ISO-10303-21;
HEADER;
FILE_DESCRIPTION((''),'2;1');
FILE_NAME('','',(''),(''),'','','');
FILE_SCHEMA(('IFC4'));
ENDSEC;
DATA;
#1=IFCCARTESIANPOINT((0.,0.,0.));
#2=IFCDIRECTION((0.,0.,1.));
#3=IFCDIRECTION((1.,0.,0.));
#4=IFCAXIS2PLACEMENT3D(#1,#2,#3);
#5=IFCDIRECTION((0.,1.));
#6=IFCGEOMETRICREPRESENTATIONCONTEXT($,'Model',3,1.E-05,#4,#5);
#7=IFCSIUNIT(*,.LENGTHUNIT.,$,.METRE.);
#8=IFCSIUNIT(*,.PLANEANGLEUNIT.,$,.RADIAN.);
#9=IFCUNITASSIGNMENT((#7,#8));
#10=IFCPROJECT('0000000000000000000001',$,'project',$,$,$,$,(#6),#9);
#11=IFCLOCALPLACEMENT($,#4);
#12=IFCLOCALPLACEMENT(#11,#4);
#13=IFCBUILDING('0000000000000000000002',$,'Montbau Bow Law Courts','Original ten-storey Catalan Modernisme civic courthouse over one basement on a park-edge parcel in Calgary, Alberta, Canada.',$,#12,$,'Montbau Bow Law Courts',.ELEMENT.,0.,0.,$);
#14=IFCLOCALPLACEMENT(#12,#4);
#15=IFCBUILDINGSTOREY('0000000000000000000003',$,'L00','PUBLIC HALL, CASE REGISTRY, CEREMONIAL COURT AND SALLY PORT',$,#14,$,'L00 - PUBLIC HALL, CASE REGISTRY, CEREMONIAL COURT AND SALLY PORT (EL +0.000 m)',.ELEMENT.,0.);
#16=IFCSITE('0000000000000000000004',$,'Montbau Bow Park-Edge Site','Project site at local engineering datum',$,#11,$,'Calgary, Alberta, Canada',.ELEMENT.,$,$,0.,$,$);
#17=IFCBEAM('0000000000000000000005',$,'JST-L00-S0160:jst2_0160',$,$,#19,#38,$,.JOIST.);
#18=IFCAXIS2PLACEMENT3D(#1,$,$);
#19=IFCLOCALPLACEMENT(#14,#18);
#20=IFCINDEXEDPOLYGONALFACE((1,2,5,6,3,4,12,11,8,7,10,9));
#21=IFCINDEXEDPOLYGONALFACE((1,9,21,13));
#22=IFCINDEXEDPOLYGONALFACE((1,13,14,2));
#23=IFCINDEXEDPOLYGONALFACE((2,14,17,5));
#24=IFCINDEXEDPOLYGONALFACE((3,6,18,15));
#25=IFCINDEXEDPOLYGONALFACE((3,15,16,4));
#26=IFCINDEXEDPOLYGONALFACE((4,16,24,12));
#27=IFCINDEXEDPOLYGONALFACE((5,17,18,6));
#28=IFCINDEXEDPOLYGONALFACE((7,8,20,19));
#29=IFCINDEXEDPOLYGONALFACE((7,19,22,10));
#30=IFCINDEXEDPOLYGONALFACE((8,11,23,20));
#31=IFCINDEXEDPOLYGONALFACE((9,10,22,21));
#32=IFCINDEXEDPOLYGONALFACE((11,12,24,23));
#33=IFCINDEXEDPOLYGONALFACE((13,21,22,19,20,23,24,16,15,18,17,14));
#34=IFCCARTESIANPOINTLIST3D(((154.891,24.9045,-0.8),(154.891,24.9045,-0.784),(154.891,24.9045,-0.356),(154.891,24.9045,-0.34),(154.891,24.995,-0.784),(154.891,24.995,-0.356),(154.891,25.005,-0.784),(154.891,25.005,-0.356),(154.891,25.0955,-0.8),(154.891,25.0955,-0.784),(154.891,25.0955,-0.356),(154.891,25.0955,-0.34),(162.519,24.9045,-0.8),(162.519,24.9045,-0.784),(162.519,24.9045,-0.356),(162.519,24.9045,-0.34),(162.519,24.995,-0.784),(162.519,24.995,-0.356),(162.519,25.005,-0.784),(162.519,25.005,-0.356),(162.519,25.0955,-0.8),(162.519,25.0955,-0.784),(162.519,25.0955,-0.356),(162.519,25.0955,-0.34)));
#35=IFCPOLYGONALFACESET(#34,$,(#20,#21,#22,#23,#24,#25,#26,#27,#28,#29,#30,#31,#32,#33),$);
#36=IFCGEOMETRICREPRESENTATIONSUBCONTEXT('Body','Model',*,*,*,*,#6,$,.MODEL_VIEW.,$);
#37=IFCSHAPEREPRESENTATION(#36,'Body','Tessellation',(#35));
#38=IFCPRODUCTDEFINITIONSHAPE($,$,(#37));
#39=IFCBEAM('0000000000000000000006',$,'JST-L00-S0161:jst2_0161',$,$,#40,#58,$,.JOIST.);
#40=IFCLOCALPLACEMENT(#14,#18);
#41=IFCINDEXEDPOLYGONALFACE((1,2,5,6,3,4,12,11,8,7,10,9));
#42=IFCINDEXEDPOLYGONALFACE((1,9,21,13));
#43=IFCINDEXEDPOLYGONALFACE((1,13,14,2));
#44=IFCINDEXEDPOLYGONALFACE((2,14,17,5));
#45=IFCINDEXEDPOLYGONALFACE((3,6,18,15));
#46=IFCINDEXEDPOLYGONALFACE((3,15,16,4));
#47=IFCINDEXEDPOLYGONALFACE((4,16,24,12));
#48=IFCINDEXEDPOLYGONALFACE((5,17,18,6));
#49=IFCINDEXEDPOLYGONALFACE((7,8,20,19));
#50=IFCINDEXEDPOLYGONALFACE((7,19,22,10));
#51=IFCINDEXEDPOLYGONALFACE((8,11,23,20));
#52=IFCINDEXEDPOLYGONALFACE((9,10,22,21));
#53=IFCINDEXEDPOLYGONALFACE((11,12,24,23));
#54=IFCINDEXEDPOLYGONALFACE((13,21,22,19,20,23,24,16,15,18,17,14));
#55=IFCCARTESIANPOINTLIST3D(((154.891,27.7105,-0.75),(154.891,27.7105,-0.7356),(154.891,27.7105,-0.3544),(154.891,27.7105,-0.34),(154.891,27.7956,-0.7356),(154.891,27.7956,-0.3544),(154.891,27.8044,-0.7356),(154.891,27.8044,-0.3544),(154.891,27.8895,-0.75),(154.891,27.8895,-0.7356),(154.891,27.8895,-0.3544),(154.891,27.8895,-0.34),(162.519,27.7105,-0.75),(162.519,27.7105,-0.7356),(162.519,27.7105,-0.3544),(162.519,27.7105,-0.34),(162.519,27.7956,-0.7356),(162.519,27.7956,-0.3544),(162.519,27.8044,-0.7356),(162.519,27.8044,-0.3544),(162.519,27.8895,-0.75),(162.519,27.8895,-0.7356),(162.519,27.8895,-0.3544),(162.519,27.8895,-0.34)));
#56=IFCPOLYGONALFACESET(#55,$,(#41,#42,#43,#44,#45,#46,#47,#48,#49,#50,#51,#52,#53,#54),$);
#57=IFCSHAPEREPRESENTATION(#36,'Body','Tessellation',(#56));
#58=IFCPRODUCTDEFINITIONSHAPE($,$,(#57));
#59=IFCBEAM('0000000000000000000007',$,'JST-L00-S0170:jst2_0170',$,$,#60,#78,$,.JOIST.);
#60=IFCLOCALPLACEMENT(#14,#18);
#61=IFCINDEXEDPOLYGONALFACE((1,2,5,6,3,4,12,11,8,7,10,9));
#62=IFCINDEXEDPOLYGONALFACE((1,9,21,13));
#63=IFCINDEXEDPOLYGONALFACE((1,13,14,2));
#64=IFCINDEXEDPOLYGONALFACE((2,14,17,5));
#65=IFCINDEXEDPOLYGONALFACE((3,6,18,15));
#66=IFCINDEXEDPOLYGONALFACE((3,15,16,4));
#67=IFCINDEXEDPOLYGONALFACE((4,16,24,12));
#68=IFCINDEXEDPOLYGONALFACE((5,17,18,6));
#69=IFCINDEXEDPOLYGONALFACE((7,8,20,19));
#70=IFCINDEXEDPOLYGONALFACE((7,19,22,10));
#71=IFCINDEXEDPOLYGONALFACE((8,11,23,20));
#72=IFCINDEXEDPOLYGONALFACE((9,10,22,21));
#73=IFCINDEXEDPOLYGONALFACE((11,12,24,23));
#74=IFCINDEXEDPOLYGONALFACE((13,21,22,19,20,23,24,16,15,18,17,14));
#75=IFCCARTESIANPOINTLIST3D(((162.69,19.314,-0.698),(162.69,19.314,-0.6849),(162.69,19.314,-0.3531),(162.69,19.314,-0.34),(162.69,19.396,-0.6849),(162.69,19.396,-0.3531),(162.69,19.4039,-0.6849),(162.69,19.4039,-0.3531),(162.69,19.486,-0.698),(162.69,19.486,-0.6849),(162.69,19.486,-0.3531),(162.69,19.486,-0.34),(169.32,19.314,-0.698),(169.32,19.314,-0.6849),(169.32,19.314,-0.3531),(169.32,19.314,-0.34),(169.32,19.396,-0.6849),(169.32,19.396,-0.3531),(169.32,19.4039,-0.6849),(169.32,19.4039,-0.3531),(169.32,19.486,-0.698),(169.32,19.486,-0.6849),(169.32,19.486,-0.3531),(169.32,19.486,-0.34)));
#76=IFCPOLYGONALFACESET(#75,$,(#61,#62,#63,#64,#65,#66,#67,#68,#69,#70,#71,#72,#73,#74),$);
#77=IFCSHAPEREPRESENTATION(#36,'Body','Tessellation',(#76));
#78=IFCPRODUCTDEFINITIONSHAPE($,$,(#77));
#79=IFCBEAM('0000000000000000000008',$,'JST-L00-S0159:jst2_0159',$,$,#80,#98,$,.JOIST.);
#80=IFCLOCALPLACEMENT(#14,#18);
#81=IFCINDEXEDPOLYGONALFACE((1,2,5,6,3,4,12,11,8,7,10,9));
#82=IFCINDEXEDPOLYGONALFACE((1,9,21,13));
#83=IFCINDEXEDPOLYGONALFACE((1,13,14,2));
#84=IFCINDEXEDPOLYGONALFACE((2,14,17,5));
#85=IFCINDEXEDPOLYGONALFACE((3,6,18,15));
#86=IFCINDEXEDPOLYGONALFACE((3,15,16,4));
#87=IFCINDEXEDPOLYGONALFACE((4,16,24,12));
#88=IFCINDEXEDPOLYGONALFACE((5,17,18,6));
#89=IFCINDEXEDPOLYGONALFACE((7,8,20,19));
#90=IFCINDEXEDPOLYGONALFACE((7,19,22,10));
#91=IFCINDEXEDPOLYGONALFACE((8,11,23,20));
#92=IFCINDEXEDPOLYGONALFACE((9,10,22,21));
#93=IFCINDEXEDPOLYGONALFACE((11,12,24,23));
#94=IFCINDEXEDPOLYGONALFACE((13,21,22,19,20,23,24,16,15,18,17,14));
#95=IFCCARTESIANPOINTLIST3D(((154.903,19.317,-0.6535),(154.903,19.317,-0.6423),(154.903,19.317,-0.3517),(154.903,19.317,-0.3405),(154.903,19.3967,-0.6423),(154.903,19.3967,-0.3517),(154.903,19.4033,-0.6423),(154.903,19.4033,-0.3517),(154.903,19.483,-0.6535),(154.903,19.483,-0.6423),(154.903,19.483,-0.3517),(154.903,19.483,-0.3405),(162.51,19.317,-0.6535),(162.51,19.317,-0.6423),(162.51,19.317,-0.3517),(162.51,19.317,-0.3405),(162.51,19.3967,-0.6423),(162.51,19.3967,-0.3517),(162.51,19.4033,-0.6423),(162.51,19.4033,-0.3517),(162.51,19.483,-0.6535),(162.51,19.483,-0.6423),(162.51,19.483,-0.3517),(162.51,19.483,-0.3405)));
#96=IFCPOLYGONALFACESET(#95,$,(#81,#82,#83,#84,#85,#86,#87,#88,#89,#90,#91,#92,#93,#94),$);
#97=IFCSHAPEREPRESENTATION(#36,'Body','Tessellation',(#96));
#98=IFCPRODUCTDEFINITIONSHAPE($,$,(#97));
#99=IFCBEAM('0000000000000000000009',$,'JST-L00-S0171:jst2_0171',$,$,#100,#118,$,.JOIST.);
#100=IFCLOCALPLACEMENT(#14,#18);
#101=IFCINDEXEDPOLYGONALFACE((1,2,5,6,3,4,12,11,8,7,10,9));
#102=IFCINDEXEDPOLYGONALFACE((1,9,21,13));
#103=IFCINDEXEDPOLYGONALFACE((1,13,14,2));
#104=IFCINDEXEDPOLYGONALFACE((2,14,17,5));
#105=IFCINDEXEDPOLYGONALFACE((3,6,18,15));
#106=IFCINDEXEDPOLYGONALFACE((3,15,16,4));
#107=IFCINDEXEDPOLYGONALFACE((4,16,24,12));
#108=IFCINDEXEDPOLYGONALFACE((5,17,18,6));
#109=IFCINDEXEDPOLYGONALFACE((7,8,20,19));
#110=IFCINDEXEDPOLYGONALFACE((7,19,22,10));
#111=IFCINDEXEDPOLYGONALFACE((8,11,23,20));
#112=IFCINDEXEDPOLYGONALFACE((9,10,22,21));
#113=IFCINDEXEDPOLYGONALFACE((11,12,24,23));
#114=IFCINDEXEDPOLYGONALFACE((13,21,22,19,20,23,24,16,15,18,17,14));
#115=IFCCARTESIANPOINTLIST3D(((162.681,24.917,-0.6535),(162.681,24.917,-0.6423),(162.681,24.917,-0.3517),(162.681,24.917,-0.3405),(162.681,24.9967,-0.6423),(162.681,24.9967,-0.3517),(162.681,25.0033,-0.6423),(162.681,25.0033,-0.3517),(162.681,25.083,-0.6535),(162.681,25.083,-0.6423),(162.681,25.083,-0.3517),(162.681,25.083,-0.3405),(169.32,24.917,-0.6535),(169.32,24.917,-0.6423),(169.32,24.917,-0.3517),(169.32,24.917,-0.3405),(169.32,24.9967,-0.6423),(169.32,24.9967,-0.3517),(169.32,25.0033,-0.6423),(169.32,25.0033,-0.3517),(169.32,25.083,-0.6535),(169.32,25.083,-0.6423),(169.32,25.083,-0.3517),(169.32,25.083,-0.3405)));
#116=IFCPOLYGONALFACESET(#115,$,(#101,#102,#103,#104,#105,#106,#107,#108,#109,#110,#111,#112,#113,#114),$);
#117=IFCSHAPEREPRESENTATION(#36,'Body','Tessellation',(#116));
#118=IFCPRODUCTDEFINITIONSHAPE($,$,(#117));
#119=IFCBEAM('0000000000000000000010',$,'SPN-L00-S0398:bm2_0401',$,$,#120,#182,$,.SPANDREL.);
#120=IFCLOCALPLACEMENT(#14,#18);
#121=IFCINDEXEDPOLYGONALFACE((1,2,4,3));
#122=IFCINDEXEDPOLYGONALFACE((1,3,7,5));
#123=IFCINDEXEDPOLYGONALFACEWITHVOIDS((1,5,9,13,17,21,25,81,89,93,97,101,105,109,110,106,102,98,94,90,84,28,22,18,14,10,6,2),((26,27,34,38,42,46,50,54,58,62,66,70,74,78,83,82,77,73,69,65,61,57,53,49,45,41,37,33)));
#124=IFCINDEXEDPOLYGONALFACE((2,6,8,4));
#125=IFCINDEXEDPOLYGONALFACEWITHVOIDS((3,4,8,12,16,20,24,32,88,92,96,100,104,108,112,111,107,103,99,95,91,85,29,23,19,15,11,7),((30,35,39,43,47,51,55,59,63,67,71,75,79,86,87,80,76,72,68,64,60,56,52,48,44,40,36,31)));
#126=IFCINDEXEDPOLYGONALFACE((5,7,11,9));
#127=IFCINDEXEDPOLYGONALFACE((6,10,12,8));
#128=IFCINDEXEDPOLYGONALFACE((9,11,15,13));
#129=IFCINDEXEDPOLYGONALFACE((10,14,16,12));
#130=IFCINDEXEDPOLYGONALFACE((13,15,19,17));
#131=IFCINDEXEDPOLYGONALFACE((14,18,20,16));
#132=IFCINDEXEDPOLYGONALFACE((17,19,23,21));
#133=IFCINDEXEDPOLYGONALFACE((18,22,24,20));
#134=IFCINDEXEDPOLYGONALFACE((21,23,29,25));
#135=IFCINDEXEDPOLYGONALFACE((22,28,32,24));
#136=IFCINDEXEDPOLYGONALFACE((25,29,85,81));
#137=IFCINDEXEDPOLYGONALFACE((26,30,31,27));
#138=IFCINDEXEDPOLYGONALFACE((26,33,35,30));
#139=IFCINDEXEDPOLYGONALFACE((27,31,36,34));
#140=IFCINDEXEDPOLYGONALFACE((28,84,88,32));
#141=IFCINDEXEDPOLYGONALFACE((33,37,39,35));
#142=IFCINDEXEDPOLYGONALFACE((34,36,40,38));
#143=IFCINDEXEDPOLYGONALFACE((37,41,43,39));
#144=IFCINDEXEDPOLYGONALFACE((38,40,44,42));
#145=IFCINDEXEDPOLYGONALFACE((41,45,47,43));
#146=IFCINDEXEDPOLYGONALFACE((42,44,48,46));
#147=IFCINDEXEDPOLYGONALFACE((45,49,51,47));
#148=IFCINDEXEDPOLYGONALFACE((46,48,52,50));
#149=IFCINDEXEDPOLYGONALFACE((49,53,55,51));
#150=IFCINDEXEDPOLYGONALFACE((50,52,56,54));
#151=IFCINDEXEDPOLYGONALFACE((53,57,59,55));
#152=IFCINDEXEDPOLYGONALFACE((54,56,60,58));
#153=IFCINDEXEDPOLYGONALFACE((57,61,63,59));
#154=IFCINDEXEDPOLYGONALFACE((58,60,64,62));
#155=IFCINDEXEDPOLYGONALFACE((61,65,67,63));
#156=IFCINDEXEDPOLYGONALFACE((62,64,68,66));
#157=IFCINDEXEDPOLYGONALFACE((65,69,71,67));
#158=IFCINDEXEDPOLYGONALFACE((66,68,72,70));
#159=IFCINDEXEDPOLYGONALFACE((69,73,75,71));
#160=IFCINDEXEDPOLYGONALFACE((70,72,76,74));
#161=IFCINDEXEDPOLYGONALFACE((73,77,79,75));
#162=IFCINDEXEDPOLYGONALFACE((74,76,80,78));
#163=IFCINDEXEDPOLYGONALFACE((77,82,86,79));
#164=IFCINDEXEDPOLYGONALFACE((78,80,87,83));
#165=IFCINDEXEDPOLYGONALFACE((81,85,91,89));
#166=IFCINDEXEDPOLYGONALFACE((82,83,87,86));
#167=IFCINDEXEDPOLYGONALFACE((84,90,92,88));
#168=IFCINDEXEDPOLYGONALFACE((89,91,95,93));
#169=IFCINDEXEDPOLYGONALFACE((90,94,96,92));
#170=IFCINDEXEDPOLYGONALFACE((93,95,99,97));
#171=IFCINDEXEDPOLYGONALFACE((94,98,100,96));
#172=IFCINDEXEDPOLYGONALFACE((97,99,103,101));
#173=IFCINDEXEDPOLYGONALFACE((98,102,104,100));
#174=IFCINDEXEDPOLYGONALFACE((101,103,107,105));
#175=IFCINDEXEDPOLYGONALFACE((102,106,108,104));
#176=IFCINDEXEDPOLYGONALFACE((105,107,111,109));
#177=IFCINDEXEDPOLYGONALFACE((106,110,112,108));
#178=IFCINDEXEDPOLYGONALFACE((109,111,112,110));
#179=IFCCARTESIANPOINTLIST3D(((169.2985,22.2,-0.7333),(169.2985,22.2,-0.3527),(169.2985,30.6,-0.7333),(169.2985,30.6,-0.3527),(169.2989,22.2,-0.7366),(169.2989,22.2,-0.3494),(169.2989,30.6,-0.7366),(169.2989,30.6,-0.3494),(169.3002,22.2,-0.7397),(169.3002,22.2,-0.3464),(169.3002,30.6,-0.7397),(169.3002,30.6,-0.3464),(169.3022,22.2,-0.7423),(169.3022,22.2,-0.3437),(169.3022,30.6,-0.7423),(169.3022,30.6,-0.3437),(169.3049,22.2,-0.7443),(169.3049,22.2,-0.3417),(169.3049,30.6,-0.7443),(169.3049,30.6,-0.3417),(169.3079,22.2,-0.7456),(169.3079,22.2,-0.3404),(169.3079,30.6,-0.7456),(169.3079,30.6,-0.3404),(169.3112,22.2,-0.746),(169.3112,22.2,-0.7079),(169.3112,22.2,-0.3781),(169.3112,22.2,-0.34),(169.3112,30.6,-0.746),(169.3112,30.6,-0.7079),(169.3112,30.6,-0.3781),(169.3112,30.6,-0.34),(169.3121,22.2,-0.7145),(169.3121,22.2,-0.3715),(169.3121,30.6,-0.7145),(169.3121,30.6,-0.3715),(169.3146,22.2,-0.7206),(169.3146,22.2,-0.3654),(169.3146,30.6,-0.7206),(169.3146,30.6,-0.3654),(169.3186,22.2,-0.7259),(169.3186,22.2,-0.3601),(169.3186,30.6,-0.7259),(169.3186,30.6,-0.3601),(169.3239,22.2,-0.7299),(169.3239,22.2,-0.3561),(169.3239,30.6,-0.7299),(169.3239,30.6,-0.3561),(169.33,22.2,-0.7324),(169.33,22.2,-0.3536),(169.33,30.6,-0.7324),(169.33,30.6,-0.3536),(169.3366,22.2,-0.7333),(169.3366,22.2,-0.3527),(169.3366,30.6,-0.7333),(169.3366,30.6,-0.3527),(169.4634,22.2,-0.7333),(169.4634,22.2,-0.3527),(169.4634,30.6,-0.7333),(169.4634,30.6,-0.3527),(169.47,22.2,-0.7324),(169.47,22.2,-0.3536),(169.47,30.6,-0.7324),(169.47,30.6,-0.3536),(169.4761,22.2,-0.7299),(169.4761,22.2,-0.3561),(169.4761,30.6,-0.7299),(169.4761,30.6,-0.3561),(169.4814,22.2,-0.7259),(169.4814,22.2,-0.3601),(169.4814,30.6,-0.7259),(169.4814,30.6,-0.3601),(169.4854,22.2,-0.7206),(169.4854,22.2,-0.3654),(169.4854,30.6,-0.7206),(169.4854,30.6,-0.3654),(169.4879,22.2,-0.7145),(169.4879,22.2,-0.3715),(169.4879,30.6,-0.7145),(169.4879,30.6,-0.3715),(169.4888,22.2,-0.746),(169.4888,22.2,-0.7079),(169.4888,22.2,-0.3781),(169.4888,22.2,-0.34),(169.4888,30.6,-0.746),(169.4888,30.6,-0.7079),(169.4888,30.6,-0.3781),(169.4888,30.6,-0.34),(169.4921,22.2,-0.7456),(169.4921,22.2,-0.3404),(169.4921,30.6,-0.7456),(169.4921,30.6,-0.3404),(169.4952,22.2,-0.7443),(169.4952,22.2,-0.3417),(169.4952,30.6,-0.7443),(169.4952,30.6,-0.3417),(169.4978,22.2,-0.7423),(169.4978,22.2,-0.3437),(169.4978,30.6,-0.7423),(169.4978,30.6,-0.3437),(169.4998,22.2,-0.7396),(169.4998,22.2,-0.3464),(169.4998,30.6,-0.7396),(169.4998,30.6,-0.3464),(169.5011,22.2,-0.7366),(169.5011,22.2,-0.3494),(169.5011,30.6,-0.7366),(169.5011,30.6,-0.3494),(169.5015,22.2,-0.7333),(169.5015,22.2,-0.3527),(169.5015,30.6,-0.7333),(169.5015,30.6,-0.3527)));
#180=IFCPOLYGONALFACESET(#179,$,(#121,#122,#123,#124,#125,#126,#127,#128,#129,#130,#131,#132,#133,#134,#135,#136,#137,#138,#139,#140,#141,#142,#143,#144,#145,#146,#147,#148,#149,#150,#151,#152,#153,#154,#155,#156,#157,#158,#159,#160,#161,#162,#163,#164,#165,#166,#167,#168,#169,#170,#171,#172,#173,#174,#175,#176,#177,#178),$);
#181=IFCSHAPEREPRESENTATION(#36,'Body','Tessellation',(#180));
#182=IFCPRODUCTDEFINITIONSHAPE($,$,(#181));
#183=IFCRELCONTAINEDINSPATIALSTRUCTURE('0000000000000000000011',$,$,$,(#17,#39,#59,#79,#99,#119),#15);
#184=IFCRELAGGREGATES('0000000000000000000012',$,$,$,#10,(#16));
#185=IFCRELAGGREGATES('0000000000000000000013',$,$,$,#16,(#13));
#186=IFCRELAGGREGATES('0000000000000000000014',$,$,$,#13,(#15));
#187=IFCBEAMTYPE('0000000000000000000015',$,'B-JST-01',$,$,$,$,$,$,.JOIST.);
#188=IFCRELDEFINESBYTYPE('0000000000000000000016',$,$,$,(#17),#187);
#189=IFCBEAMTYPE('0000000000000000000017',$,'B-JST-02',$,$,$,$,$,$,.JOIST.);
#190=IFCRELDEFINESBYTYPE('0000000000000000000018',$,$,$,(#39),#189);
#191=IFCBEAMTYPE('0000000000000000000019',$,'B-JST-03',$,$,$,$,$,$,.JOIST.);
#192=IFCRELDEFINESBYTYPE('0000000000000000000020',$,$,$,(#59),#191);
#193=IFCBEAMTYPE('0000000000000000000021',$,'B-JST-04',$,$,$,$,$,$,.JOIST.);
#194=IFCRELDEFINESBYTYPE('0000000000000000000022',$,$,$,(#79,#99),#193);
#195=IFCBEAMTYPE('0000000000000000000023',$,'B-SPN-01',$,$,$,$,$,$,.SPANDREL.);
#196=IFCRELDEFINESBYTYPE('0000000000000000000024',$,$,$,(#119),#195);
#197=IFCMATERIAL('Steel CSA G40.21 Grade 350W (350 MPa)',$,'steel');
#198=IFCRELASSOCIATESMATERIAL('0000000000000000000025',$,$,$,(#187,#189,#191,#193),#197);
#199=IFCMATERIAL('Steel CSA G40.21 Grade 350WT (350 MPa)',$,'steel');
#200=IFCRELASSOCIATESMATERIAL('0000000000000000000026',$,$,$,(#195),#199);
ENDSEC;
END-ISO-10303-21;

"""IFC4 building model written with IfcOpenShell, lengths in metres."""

from ifc_helpers import new_model, si_unit, direction, frame, origin_with_axes, origin_2d_with_axis, place, context, subcontext, project, spatial, hollow_rectangle, i_section, extrude, material, material_profile, profile_set, type_object, element, save


model = new_model("IFC4")

# Units and contexts
model_context = context("Model", 3, precision=1e-05, world=origin_with_axes(), true_north=direction((0.0, 1.0)))
body_context = subcontext(model_context, "Body", "Model", "MODEL_VIEW")
ifc_project = project(units=[si_unit("LENGTHUNIT", "METRE"), si_unit("PLANEANGLEUNIT", "RADIAN")], contexts=[model_context])

# Site, building, storey
site_placement = place(None, origin_with_axes())
site = spatial("IfcSite", under=ifc_project, at=site_placement, Name="Montbau Bow Park-Edge Site", Description="Project site at local engineering datum", LongName="Calgary, Alberta, Canada", CompositionType="ELEMENT", RefElevation=0.0)
building_placement = place(site_placement, origin_with_axes())
building = spatial("IfcBuilding", under=site, at=building_placement, Name="Montbau Bow Law Courts", Description="Original ten-storey Catalan Modernisme civic courthouse over one basement on a park-edge parcel in Calgary, Alberta, Canada.", LongName="Montbau Bow Law Courts", CompositionType="ELEMENT", ElevationOfRefHeight=0.0, ElevationOfTerrain=0.0)
storey_placement = place(building_placement, origin_with_axes())
storey = spatial("IfcBuildingStorey", under=building, at=storey_placement, Name="L00", Description="PUBLIC HALL, CASE REGISTRY, CEREMONIAL COURT AND SALLY PORT", LongName="L00 - PUBLIC HALL, CASE REGISTRY, CEREMONIAL COURT AND SALLY PORT (EL +0.000 m)", CompositionType="ELEMENT", Elevation=0.0)

# Shared definitions
ifc_material_1 = material(Name="Steel CSA G40.21 Grade 350W (350 MPa)", Category="steel")

# Beams
ifc_material_profile_1 = material_profile(ifc_material_1, i_section(OverallWidth=0.191, OverallDepth=0.46, WebThickness=0.0099, FlangeThickness=0.016, at=origin_2d_with_axis()), Name="W460X82", Category="Main", Priority=0)
ifc_profile_set_1 = profile_set([ifc_material_profile_1], Name="Steel CSA G40.21 Grade 350W (350 MPa)")
beam_type_1 = type_object("IfcBeamType", Name="B-JST-01", PredefinedType="JOIST", material=ifc_profile_set_1)
beam_1_placement = place(None, frame((154.891, 25.0, -0.57), z_axis=(1.0, 0.0, 0.0), x_axis=(0.0, 1.0, 0.0)))
element("IfcBeam", 1, at=beam_1_placement, inside=storey, type_object=beam_type_1, Name="JST-L00-S0160:jst2_0160", PredefinedType="JOIST", context=body_context, shape_type="SweptSolid", body=[
    extrude(i_section(OverallWidth=0.191, OverallDepth=0.46, WebThickness=0.0099, FlangeThickness=0.016, at=origin_2d_with_axis()), origin_with_axes(), (0.0, 0.0, 1.0), 7.628),
])
ifc_material_profile_2 = material_profile(ifc_material_1, i_section(OverallWidth=0.179, OverallDepth=0.41, WebThickness=0.0088, FlangeThickness=0.0144, at=origin_2d_with_axis()), Name="W410X67", Category="Main", Priority=0)
ifc_profile_set_2 = profile_set([ifc_material_profile_2], Name="Steel CSA G40.21 Grade 350W (350 MPa)")
beam_type_2 = type_object("IfcBeamType", Name="B-JST-02", PredefinedType="JOIST", material=ifc_profile_set_2)
beam_2_placement = place(None, frame((154.891, 27.8, -0.545), z_axis=(1.0, 0.0, 0.0), x_axis=(0.0, 1.0, 0.0)))
element("IfcBeam", 2, at=beam_2_placement, inside=storey, type_object=beam_type_2, Name="JST-L00-S0161:jst2_0161", PredefinedType="JOIST", context=body_context, shape_type="SweptSolid", body=[
    extrude(i_section(OverallWidth=0.179, OverallDepth=0.41, WebThickness=0.0088, FlangeThickness=0.0144, at=origin_2d_with_axis()), origin_with_axes(), (0.0, 0.0, 1.0), 7.628),
])
ifc_material_profile_3 = material_profile(ifc_material_1, i_section(OverallWidth=0.172, OverallDepth=0.358, WebThickness=0.0079, FlangeThickness=0.0131, at=origin_2d_with_axis()), Name="W360X57", Category="Main", Priority=0)
ifc_profile_set_3 = profile_set([ifc_material_profile_3], Name="Steel CSA G40.21 Grade 350W (350 MPa)")
beam_type_3 = type_object("IfcBeamType", Name="B-JST-03", PredefinedType="JOIST", material=ifc_profile_set_3)
beam_3_placement = place(None, frame((162.69, 19.4, -0.519), z_axis=(1.0, 0.0, 0.0), x_axis=(0.0, 1.0, 0.0)))
element("IfcBeam", 3, at=beam_3_placement, inside=storey, type_object=beam_type_3, Name="JST-L00-S0170:jst2_0170", PredefinedType="JOIST", context=body_context, shape_type="SweptSolid", body=[
    extrude(i_section(OverallWidth=0.172, OverallDepth=0.358, WebThickness=0.0079, FlangeThickness=0.0131, at=origin_2d_with_axis()), origin_with_axes(), (0.0, 0.0, 1.0), 6.63),
])
ifc_material_profile_4 = material_profile(ifc_material_1, i_section(OverallWidth=0.166, OverallDepth=0.313, WebThickness=0.0066, FlangeThickness=0.0112, at=origin_2d_with_axis()), Name="W310X45", Category="Main", Priority=0)
ifc_profile_set_4 = profile_set([ifc_material_profile_4], Name="Steel CSA G40.21 Grade 350W (350 MPa)")
beam_type_4 = type_object("IfcBeamType", Name="B-JST-04", PredefinedType="JOIST", material=ifc_profile_set_4)
beam_4_placement = place(None, frame((154.903, 19.4, -0.497), z_axis=(1.0, 0.0, 0.0), x_axis=(0.0, 1.0, 0.0)))
element("IfcBeam", 4, at=beam_4_placement, inside=storey, type_object=beam_type_4, Name="JST-L00-S0159:jst2_0159", PredefinedType="JOIST", context=body_context, shape_type="SweptSolid", body=[
    extrude(i_section(OverallWidth=0.166, OverallDepth=0.313, WebThickness=0.0066, FlangeThickness=0.0112, at=origin_2d_with_axis()), origin_with_axes(), (0.0, 0.0, 1.0), 7.607),
])
beam_5_placement = place(None, frame((162.681, 25.0, -0.497), z_axis=(1.0, 0.0, 0.0), x_axis=(0.0, 1.0, 0.0)))
element("IfcBeam", 5, at=beam_5_placement, inside=storey, type_object=beam_type_4, Name="JST-L00-S0171:jst2_0171", PredefinedType="JOIST", context=body_context, shape_type="SweptSolid", body=[
    extrude(i_section(OverallWidth=0.166, OverallDepth=0.313, WebThickness=0.0066, FlangeThickness=0.0112, at=origin_2d_with_axis()), origin_with_axes(), (0.0, 0.0, 1.0), 6.639),
])
ifc_material_2 = material(Name="Steel CSA G40.21 Grade 350WT (350 MPa)", Category="steel")
ifc_material_profile_5 = material_profile(ifc_material_2, hollow_rectangle(XDim=0.203, YDim=0.406, WallThickness=0.0127, InnerFilletRadius=0.0254, OuterFilletRadius=0.0127, at=origin_2d_with_axis()), Name="HSS406X203X13", Category="Main", Priority=0)
ifc_profile_set_5 = profile_set([ifc_material_profile_5], Name="Steel CSA G40.21 Grade 350WT (350 MPa)")
beam_type_5 = type_object("IfcBeamType", Name="B-SPN-01", PredefinedType="SPANDREL", material=ifc_profile_set_5)
beam_6_placement = place(None, frame((169.4, 22.2, -0.543), z_axis=(0.0, 1.0, 0.0), x_axis=(-1.0, 0.0, 0.0)))
element("IfcBeam", 6, at=beam_6_placement, inside=storey, type_object=beam_type_5, Name="SPN-L00-S0398:bm2_0401", PredefinedType="SPANDREL", context=body_context, shape_type="SweptSolid", body=[
    extrude(hollow_rectangle(XDim=0.203, YDim=0.406, WallThickness=0.0127, InnerFilletRadius=0.0254, OuterFilletRadius=0.0127, at=origin_2d_with_axis()), origin_with_axes(), (0.0, 0.0, 1.0), 8.4),
])

save(model, "model.ifc")
